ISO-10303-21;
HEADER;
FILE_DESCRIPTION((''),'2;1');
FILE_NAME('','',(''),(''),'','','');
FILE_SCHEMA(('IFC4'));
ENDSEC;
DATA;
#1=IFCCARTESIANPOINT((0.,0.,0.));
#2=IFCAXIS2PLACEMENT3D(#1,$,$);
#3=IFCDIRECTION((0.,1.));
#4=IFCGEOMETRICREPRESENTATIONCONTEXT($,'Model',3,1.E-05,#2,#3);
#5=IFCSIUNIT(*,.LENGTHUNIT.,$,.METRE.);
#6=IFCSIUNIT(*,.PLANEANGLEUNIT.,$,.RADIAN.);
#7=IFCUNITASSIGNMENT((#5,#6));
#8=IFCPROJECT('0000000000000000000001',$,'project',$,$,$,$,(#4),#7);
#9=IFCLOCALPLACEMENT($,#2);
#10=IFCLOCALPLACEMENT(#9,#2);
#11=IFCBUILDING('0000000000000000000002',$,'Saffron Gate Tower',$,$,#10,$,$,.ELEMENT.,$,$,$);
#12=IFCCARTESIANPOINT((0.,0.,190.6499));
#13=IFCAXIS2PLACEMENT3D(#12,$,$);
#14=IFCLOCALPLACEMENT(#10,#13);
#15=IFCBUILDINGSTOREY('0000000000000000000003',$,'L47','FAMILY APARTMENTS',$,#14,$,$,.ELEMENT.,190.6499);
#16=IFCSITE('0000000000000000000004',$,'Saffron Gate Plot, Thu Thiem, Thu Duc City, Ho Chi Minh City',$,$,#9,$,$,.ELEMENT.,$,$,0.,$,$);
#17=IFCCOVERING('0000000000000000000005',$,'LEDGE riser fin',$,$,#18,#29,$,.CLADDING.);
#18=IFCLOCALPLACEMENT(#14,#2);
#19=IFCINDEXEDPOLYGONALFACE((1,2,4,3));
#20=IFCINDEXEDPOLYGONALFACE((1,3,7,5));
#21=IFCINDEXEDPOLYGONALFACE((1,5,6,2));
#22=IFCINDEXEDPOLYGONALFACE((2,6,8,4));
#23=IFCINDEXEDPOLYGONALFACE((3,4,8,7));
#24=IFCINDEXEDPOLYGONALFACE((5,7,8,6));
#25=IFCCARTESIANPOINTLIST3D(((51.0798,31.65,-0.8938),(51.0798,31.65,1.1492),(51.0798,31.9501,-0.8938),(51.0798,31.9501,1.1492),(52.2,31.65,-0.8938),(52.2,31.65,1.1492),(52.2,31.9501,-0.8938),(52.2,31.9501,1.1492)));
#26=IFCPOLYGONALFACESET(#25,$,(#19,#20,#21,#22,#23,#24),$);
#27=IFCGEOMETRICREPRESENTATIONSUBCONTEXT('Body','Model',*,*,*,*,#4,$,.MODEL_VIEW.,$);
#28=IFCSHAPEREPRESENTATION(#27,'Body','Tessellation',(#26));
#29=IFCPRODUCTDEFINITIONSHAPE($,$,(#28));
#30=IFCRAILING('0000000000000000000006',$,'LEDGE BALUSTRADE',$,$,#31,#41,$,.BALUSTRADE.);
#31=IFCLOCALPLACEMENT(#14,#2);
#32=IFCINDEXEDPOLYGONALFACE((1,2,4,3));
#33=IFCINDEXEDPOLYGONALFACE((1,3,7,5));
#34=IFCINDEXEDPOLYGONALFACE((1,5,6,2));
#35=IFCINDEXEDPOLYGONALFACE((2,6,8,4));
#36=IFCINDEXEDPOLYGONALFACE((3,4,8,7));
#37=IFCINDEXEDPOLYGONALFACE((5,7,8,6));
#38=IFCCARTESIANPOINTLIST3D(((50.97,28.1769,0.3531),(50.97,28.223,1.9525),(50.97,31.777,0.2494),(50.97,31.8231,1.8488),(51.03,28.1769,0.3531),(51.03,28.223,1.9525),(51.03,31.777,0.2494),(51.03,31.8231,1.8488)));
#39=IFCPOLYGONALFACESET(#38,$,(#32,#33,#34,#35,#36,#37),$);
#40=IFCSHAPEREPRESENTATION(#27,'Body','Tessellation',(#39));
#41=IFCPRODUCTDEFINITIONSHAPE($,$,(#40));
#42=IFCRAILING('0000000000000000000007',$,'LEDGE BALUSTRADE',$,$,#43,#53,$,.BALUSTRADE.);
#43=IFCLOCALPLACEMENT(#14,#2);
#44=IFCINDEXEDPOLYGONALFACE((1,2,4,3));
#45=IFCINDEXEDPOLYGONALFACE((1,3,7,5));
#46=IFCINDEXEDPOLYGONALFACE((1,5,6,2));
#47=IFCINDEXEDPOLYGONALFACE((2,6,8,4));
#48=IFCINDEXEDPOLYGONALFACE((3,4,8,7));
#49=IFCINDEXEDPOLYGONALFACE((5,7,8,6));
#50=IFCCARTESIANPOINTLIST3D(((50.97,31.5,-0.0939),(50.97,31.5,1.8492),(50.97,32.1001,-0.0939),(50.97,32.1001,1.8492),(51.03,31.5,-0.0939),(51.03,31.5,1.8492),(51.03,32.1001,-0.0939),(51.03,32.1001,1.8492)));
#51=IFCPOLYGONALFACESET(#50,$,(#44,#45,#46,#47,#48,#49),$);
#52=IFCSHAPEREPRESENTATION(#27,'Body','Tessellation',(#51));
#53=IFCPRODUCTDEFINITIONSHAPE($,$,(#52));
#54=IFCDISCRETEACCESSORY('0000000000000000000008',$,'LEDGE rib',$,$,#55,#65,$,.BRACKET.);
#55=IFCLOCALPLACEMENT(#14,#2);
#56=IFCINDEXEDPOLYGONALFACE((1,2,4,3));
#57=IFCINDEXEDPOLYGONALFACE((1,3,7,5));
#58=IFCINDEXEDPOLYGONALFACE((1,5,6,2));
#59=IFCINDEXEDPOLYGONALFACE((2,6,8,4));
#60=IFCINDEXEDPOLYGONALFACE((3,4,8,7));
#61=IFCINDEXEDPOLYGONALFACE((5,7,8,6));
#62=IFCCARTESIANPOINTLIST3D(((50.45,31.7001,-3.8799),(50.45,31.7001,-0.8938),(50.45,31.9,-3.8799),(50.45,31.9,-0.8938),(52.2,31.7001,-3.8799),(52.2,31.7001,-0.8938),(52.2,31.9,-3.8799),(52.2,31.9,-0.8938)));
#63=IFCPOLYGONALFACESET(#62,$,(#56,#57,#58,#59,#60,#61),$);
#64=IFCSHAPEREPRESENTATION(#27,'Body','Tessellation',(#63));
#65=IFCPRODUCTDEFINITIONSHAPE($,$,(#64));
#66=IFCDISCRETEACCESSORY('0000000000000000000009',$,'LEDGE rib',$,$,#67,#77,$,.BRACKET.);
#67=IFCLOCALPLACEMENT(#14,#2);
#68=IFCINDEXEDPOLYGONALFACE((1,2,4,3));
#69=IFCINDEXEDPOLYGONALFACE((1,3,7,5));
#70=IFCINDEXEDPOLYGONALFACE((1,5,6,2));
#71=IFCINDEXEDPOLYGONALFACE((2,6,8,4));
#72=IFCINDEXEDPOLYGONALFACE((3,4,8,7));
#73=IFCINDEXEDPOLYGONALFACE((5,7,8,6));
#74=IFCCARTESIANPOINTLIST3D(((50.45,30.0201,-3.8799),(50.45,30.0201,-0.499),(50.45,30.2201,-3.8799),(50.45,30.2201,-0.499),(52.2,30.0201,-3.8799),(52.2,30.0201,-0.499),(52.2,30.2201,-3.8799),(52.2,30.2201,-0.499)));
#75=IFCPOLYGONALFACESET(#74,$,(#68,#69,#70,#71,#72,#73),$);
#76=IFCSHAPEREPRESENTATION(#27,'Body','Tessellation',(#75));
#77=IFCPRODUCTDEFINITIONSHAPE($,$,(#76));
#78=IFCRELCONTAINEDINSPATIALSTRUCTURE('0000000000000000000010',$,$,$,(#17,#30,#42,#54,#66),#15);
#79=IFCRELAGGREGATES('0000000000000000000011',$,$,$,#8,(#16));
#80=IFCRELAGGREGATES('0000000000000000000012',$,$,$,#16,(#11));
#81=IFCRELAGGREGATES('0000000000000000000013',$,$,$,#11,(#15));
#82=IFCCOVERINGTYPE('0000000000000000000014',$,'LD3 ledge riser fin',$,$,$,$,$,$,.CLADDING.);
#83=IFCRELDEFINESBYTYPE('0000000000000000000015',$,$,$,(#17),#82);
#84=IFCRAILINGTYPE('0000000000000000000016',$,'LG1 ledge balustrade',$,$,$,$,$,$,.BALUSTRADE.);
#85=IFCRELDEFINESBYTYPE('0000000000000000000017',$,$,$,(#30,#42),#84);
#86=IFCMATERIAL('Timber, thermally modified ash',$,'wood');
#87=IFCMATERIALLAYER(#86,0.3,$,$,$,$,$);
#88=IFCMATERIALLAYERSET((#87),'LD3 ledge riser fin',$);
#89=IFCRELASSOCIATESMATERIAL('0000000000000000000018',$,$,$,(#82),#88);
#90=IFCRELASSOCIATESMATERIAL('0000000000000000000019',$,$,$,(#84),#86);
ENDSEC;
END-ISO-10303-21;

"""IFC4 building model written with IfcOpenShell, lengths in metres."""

from ifc_helpers import new_model, si_unit, direction, frame, origin, origin_2d, place, context, subcontext, project, spatial, rectangle, extrude, material, layer, layer_set, type_object, element, save


model = new_model("IFC4")

# Units and contexts
model_context = context("Model", 3, precision=1e-05, world=origin(), true_north=direction((0.0, 1.0)))
body_context = subcontext(model_context, "Body", "Model", "MODEL_VIEW")
ifc_project = project(units=[si_unit("LENGTHUNIT", "METRE"), si_unit("PLANEANGLEUNIT", "RADIAN")], contexts=[model_context])

# Site, building, storey
site_placement = place(None, origin())
site = spatial("IfcSite", under=ifc_project, at=site_placement, Name="Saffron Gate Plot, Thu Thiem, Thu Duc City, Ho Chi Minh City", CompositionType="ELEMENT", RefElevation=0.0)
building_placement = place(site_placement, origin())
building = spatial("IfcBuilding", under=site, at=building_placement, Name="Saffron Gate Tower", CompositionType="ELEMENT")
storey_placement = place(building_placement, frame((0.0, 0.0, 190.6499)))
storey = spatial("IfcBuildingStorey", under=building, at=storey_placement, Name="L47", Description="FAMILY APARTMENTS", CompositionType="ELEMENT", Elevation=190.6499)

# Covering
ifc_material_1 = material(Name="Timber, thermally modified ash", Category="wood")
ifc_layer_1 = layer(ifc_material_1, 0.3)
ifc_layer_set_1 = layer_set([ifc_layer_1], Name="LD3 ledge riser fin")
covering_type_1 = type_object("IfcCoveringType", Name="LD3 ledge riser fin", PredefinedType="CLADDING", material=ifc_layer_set_1)
covering_1_placement = place(storey_placement, frame((51.6399, 31.8, -0.8938), z_axis=(0.0, 0.0, 1.0), x_axis=(0.0, -1.0, 0.0)))
element("IfcCovering", 1, at=covering_1_placement, inside=storey, type_object=covering_type_1, Name="LEDGE riser fin", PredefinedType="CLADDING", context=body_context, shape_type="SweptSolid", body=[
    extrude(rectangle(XDim=0.3, YDim=1.1201, at=origin_2d()), origin(), (0.0, 0.0, 1.0), 2.043),
])

# Railings
railing_type = type_object("IfcRailingType", Name="LG1 ledge balustrade", PredefinedType="BALUSTRADE", material=ifc_material_1)
railing_1_placement = place(storey_placement, frame((51.0, 31.8, 0.249)))
element("IfcRailing", 2, at=railing_1_placement, inside=storey, type_object=railing_type, Name="LEDGE BALUSTRADE", PredefinedType="BALUSTRADE", context=body_context, shape_type="SweptSolid", body=[
    extrude(rectangle(XDim=0.0601, YDim=1.6001, at=origin_2d()), frame((0.0, 0.0, 0.8), z_axis=(0.0, -0.999585, 0.028809), x_axis=(1.0, 0.0, 0.0)), (0.0, 0.0, 1.0), 3.6016),
])
railing_2_placement = place(storey_placement, frame((51.0, 32.1001, -0.094)))
element("IfcRailing", 3, at=railing_2_placement, inside=storey, type_object=railing_type, Name="LEDGE BALUSTRADE", PredefinedType="BALUSTRADE", context=body_context, shape_type="SweptSolid", body=[
    extrude(rectangle(XDim=0.0601, YDim=1.9431, at=origin_2d()), frame((0.0, 0.0, 0.9717), z_axis=(0.0, -1.0, 0.0), x_axis=(1.0, 0.0, 0.0)), (0.0, 0.0, 1.0), 0.6001),
])

# Discrete accessories
discrete_accessory_1_placement = place(storey_placement, frame((51.325, 31.8, -3.8799), z_axis=(0.0, 0.0, 1.0), x_axis=(0.0, -1.0, 0.0)))
element("IfcDiscreteAccessory", 4, at=discrete_accessory_1_placement, inside=storey, Name="LEDGE rib", PredefinedType="BRACKET", context=body_context, shape_type="SweptSolid", body=[
    extrude(rectangle(XDim=0.2, YDim=1.75, at=origin_2d()), origin(), (0.0, 0.0, 1.0), 2.9861),
])
discrete_accessory_2_placement = place(storey_placement, frame((51.325, 30.1201, -3.8799), z_axis=(0.0, 0.0, 1.0), x_axis=(0.0, -1.0, 0.0)))
element("IfcDiscreteAccessory", 5, at=discrete_accessory_2_placement, inside=storey, Name="LEDGE rib", PredefinedType="BRACKET", context=body_context, shape_type="SweptSolid", body=[
    extrude(rectangle(XDim=0.2, YDim=1.75, at=origin_2d()), origin(), (0.0, 0.0, 1.0), 3.3809),
])

save(model, "model.ifc")
